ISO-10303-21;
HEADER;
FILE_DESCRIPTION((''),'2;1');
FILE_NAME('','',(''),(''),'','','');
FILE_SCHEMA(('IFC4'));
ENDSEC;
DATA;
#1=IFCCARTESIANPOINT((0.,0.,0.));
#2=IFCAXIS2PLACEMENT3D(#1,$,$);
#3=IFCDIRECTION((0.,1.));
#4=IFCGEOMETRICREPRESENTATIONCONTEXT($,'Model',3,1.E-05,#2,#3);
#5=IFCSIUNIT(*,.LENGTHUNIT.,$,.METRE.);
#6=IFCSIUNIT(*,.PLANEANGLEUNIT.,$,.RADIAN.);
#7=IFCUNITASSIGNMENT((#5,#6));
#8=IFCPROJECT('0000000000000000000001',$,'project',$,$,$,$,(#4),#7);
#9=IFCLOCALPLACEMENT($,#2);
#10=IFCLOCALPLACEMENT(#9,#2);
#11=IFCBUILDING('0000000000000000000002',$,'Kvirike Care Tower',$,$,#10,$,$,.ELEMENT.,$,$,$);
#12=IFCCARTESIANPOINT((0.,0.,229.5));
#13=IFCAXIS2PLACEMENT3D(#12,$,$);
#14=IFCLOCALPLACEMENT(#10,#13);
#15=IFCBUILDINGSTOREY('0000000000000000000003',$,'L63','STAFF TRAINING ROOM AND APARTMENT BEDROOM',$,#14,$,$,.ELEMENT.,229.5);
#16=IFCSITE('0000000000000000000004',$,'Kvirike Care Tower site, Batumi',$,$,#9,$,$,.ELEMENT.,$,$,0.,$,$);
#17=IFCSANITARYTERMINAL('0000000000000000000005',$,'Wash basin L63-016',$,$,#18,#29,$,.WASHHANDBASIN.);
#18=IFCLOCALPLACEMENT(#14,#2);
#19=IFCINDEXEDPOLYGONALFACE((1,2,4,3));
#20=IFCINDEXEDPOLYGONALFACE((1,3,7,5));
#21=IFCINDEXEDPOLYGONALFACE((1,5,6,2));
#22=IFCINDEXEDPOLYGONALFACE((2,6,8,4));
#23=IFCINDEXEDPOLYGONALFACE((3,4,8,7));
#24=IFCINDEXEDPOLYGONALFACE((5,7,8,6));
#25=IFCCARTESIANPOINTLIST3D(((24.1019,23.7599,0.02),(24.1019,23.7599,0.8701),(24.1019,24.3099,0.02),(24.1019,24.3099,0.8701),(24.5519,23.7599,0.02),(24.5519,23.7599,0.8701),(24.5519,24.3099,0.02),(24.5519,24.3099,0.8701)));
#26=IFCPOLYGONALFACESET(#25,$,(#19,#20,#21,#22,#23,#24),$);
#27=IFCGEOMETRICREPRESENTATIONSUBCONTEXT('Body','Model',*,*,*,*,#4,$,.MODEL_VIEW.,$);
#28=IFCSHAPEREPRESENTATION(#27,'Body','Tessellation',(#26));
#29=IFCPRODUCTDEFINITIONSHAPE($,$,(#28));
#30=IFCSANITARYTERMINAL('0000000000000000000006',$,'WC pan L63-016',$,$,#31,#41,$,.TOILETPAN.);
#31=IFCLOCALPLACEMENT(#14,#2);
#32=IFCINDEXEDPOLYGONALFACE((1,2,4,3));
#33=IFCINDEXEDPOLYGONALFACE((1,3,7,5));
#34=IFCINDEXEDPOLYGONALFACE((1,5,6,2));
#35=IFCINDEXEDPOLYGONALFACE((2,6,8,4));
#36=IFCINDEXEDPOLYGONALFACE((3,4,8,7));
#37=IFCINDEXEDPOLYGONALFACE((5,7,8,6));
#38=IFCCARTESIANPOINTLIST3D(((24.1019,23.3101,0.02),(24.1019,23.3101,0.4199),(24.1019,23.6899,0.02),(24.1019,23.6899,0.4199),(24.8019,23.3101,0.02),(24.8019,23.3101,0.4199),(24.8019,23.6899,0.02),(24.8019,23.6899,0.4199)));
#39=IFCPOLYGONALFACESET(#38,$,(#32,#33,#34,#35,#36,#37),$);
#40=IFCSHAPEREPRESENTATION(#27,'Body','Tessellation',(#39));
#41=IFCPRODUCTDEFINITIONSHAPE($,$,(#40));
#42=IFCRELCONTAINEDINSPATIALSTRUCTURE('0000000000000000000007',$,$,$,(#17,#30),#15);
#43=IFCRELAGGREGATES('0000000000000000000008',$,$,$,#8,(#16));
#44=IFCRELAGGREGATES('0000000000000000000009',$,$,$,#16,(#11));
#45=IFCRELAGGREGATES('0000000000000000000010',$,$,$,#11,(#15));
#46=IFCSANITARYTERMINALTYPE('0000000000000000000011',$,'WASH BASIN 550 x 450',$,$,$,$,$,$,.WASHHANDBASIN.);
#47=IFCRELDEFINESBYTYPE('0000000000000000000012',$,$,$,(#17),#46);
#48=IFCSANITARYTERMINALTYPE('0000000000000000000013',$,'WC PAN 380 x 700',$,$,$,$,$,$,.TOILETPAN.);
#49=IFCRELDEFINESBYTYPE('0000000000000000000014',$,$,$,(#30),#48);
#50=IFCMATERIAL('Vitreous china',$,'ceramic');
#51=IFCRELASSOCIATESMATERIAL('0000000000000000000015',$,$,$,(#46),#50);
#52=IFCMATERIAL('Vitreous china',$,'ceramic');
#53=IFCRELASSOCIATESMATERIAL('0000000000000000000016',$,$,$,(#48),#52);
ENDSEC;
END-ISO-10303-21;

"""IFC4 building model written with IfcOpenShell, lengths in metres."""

from ifc_helpers import new_model, si_unit, direction, frame, origin, origin_2d, place, context, subcontext, project, spatial, rectangle, extrude, material, type_object, element, save


model = new_model("IFC4")

# Units and contexts
model_context = context("Model", 3, precision=1e-05, world=origin(), true_north=direction((0.0, 1.0)))
body_context = subcontext(model_context, "Body", "Model", "MODEL_VIEW")
ifc_project = project(units=[si_unit("LENGTHUNIT", "METRE"), si_unit("PLANEANGLEUNIT", "RADIAN")], contexts=[model_context])

# Site, building, storey
site_placement = place(None, origin())
site = spatial("IfcSite", under=ifc_project, at=site_placement, Name="Kvirike Care Tower site, Batumi", CompositionType="ELEMENT", RefElevation=0.0)
building_placement = place(site_placement, origin())
building = spatial("IfcBuilding", under=site, at=building_placement, Name="Kvirike Care Tower", CompositionType="ELEMENT")
storey_placement = place(building_placement, frame((0.0, 0.0, 229.5)))
storey = spatial("IfcBuildingStorey", under=building, at=storey_placement, Name="L63", Description="STAFF TRAINING ROOM AND APARTMENT BEDROOM", CompositionType="ELEMENT", Elevation=229.5)

# Sanitary terminals
ifc_material_1 = material(Name="Vitreous china", Category="ceramic")
sanitary_terminal_type_1 = type_object("IfcSanitaryTerminalType", Name="WASH BASIN 550 x 450", PredefinedType="WASHHANDBASIN", material=ifc_material_1)
sanitary_terminal_1_placement = place(storey_placement, frame((24.3269, 24.0349, 0.02), z_axis=(0.0, 0.0, 1.0), x_axis=(0.0, 1.0, 0.0)))
element("IfcSanitaryTerminal", 1, at=sanitary_terminal_1_placement, inside=storey, type_object=sanitary_terminal_type_1, Name="Wash basin L63-016", PredefinedType="WASHHANDBASIN", context=body_context, shape_type="SweptSolid", body=[
    extrude(rectangle(XDim=0.55, YDim=0.45, at=origin_2d()), origin(), (0.0, 0.0, 1.0), 0.8501),
])
ifc_material_2 = material(Name="Vitreous china", Category="ceramic")
sanitary_terminal_type_2 = type_object("IfcSanitaryTerminalType", Name="WC PAN 380 x 700", PredefinedType="TOILETPAN", material=ifc_material_2)
sanitary_terminal_2_placement = place(storey_placement, frame((24.4519, 23.5, 0.02), z_axis=(0.0, 0.0, 1.0), x_axis=(0.0, 1.0, 0.0)))
element("IfcSanitaryTerminal", 2, at=sanitary_terminal_2_placement, inside=storey, type_object=sanitary_terminal_type_2, Name="WC pan L63-016", PredefinedType="TOILETPAN", context=body_context, shape_type="SweptSolid", body=[
    extrude(rectangle(XDim=0.3799, YDim=0.7, at=origin_2d()), origin(), (0.0, 0.0, 1.0), 0.3999),
])

save(model, "model.ifc")
